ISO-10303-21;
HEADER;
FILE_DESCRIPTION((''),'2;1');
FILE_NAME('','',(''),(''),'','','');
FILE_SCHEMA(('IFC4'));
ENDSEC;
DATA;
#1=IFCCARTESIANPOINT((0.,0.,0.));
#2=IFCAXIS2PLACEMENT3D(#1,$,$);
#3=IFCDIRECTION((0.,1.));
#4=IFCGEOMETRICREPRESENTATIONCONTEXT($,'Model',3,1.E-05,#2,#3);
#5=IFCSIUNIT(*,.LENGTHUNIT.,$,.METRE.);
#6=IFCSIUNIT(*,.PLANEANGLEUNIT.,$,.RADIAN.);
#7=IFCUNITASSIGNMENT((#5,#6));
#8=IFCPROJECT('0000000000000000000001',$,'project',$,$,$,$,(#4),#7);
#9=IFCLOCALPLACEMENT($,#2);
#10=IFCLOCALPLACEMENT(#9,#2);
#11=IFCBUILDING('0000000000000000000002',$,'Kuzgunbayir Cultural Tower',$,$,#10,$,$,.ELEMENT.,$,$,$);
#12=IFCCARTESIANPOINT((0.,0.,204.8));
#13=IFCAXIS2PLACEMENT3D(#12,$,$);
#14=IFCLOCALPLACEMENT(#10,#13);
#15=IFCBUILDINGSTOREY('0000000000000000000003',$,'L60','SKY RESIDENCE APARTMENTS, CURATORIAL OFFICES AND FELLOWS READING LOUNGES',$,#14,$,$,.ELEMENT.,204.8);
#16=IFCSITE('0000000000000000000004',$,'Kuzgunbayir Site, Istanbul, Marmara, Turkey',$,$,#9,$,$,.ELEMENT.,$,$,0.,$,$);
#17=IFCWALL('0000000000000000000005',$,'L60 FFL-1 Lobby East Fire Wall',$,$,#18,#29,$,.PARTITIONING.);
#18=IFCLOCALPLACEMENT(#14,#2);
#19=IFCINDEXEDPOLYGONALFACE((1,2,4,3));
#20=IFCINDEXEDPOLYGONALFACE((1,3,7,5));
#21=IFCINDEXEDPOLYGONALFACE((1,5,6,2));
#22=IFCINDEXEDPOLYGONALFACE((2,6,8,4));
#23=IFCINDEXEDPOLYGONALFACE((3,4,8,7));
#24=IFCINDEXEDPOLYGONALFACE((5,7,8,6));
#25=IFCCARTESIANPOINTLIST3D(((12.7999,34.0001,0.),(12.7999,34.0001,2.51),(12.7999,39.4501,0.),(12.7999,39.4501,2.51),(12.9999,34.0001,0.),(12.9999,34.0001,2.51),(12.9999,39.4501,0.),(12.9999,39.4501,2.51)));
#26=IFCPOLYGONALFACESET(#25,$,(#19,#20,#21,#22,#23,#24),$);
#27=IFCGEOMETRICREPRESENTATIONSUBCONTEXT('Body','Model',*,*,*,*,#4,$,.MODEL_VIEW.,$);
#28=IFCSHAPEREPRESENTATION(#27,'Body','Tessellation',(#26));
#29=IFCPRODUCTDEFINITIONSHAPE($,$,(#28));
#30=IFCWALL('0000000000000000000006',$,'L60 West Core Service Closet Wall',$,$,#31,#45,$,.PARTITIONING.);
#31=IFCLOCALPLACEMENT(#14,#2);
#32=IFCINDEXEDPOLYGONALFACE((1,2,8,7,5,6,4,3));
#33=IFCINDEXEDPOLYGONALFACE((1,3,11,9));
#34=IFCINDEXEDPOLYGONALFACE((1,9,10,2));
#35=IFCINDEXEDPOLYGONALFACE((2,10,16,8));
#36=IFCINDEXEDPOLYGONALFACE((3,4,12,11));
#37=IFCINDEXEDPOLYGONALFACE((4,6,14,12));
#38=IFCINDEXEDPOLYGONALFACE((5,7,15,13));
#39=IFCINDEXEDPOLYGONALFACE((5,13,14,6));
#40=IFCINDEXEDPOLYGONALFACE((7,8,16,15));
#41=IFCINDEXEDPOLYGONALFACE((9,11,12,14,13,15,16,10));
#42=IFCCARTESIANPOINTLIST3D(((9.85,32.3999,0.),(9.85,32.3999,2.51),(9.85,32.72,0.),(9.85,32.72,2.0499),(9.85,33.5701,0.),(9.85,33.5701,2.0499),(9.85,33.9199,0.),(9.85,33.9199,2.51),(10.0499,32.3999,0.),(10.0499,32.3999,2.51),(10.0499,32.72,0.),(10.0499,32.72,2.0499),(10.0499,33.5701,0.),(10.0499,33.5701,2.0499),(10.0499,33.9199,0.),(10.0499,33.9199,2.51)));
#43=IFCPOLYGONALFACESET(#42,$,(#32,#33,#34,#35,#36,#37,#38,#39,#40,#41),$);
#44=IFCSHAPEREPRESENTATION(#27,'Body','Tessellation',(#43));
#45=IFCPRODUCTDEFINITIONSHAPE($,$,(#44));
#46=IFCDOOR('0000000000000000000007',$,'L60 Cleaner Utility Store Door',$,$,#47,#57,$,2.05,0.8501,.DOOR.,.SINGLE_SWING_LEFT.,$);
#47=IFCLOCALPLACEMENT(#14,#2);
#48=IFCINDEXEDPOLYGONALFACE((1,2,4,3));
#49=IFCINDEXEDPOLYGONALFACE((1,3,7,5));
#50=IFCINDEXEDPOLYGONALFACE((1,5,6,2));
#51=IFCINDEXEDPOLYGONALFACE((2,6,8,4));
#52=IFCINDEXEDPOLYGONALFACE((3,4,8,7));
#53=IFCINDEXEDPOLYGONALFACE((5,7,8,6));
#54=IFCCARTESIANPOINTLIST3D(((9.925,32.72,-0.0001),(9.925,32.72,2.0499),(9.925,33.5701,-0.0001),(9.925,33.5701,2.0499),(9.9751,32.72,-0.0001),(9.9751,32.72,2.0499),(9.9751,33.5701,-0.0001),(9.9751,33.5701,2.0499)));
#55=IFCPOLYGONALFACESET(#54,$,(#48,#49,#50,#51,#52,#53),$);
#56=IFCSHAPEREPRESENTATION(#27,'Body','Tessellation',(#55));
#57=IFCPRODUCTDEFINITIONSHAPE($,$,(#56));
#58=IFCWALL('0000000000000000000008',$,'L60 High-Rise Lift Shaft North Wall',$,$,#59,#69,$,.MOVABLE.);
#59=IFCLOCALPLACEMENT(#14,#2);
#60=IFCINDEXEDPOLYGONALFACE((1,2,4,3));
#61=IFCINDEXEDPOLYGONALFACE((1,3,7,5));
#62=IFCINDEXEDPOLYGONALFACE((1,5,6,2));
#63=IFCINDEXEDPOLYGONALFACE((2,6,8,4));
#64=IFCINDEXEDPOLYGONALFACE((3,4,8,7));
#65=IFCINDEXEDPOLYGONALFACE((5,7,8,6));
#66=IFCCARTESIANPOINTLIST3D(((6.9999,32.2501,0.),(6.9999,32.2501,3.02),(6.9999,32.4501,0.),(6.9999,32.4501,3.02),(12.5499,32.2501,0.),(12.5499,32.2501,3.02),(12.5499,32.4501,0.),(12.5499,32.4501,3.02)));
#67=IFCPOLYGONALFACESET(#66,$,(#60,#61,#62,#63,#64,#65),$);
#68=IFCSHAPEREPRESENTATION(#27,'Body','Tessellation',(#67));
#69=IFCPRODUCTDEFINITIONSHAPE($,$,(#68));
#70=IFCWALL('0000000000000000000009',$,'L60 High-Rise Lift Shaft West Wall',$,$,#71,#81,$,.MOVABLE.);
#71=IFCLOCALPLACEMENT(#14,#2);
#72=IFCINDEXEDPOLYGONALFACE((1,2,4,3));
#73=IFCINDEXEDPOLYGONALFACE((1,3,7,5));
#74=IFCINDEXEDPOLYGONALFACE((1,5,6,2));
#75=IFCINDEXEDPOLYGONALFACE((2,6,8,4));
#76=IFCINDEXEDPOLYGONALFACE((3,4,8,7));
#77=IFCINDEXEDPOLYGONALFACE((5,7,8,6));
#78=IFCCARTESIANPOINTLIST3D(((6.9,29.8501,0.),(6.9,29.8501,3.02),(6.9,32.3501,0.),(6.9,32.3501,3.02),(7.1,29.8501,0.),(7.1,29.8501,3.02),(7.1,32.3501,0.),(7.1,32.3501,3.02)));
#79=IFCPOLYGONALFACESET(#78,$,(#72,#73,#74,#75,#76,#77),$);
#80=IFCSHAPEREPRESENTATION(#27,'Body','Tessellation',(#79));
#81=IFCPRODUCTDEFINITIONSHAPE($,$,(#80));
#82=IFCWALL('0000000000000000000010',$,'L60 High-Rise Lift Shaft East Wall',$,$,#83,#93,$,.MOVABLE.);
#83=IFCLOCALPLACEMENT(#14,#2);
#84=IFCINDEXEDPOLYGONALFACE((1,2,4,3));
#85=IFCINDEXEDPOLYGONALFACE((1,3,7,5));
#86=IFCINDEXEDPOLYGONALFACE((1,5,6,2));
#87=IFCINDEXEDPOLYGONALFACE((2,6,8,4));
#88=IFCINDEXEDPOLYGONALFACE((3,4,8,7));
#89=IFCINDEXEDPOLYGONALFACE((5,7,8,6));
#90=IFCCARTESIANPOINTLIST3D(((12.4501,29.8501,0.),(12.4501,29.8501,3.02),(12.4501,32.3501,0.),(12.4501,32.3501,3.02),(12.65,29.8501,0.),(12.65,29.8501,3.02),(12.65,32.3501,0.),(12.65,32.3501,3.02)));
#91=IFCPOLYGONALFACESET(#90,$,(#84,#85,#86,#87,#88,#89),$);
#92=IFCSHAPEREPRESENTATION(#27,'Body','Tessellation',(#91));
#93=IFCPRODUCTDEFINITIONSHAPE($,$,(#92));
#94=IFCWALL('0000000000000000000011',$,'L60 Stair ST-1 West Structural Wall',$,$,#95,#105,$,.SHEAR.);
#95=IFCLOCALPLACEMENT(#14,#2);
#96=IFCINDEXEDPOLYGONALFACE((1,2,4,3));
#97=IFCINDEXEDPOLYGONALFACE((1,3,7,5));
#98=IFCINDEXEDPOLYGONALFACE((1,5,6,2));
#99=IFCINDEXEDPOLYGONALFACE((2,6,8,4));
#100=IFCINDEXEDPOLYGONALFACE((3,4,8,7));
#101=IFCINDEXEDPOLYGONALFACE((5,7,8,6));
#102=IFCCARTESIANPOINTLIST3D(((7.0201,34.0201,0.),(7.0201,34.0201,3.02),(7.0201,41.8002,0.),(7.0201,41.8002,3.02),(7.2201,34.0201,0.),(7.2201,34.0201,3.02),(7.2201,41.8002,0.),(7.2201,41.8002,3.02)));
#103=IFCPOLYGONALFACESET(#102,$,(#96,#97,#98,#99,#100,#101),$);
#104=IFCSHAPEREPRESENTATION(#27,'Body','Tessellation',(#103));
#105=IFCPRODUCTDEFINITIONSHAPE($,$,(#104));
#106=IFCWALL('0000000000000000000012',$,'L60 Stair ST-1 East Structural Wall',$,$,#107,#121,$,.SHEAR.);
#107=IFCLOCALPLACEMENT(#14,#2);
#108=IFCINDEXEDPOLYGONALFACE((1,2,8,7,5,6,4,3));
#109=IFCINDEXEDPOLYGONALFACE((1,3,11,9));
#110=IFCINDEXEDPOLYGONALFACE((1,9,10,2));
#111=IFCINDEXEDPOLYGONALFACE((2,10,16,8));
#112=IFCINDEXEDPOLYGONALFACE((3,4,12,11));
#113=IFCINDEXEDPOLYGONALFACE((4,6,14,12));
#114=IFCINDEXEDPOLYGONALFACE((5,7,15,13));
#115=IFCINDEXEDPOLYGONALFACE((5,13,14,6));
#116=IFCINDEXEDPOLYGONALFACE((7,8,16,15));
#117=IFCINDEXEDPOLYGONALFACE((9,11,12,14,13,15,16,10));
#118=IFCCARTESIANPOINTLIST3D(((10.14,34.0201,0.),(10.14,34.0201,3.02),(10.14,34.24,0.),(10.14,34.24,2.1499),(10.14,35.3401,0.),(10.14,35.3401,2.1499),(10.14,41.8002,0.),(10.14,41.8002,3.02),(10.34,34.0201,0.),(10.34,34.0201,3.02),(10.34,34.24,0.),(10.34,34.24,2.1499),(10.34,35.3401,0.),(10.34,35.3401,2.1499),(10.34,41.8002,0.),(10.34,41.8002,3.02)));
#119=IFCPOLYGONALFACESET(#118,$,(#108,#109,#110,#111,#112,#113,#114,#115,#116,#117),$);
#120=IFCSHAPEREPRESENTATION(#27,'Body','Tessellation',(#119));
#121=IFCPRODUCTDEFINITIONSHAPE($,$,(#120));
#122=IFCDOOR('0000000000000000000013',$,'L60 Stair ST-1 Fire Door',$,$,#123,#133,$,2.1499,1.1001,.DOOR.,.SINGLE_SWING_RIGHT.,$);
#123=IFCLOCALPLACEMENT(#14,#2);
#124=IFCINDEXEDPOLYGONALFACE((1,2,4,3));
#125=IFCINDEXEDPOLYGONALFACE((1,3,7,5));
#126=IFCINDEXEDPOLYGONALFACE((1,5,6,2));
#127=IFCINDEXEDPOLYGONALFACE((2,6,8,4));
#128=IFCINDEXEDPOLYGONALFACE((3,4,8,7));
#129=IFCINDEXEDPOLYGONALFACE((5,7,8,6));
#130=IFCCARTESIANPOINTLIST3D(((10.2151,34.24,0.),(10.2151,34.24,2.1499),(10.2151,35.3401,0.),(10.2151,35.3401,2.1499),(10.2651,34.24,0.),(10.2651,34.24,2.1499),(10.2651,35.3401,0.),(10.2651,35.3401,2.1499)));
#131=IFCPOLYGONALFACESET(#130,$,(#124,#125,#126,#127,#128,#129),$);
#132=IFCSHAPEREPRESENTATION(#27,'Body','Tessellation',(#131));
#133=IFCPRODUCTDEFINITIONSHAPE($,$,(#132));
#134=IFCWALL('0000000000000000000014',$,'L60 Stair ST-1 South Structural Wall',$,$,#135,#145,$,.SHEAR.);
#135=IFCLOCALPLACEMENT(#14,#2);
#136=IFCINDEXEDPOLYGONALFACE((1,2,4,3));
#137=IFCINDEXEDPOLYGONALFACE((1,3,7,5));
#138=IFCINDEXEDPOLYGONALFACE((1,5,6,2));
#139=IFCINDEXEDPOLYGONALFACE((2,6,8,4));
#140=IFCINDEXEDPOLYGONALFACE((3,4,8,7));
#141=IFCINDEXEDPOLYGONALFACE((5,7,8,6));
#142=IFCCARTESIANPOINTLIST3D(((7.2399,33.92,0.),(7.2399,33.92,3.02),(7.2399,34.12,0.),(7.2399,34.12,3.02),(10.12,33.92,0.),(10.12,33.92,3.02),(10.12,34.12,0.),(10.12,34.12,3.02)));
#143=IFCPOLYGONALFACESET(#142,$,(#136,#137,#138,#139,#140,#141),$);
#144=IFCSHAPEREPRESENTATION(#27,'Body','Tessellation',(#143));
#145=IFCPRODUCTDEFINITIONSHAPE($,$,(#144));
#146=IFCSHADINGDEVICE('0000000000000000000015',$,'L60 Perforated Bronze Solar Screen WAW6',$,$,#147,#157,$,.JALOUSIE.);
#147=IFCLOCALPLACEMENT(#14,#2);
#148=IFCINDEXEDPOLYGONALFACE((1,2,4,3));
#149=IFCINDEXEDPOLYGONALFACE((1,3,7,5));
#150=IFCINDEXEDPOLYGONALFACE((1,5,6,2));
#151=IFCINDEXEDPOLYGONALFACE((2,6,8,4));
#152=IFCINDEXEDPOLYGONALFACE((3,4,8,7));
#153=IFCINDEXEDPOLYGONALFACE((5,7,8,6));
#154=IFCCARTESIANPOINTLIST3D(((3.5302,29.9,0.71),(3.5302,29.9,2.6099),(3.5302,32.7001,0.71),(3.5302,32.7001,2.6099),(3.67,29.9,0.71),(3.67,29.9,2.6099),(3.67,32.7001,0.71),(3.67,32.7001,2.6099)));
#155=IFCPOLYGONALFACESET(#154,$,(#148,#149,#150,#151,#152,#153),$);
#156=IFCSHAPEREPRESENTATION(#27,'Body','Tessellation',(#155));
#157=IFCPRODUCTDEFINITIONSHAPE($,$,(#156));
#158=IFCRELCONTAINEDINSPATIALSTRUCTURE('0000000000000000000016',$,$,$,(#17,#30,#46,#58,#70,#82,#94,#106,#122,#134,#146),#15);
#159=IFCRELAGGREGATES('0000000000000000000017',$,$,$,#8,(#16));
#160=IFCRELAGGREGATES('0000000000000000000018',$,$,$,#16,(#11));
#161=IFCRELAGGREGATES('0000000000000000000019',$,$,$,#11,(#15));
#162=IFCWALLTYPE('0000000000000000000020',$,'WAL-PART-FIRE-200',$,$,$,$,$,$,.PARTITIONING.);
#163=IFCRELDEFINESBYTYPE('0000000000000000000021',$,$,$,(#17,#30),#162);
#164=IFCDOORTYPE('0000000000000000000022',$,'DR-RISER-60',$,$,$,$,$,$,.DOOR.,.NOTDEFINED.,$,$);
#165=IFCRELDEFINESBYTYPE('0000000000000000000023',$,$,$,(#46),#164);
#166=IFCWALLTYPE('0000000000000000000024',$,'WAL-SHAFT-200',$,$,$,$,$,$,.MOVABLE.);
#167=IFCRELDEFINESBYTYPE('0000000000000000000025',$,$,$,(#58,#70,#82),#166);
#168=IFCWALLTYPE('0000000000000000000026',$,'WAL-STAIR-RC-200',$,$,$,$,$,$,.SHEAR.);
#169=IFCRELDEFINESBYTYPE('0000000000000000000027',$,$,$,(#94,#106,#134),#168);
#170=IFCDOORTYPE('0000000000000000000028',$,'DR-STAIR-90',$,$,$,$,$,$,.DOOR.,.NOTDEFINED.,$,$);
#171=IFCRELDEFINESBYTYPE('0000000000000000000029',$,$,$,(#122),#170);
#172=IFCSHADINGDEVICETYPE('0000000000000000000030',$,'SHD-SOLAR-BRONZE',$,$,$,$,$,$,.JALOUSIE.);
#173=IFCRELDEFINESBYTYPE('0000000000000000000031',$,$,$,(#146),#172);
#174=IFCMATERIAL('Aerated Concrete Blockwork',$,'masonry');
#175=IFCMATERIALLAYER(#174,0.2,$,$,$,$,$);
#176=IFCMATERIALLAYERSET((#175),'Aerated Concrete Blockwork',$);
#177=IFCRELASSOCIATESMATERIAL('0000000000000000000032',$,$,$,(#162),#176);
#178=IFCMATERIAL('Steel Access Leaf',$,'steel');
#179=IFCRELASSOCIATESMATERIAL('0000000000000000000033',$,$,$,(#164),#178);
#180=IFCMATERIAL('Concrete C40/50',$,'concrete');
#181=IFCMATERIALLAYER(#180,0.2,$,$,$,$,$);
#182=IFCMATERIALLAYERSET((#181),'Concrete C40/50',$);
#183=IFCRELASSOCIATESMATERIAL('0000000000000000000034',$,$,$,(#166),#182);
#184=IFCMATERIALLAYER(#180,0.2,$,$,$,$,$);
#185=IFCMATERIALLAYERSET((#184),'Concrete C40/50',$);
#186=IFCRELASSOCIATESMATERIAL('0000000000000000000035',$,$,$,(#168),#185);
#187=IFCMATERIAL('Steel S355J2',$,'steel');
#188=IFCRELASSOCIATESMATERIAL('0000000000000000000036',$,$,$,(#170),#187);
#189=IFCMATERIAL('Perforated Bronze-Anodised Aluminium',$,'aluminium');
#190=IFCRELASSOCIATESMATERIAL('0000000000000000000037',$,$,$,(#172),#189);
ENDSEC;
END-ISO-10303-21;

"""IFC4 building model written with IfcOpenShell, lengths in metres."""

from ifc_helpers import new_model, si_unit, direction, frame, frame_2d, origin, origin_2d, place, context, subcontext, project, spatial, rectangle, extrude, material, layer, layer_set, type_object, element, fill, save


model = new_model("IFC4")

# Units and contexts
model_context = context("Model", 3, precision=1e-05, world=origin(), true_north=direction((0.0, 1.0)))
body_context = subcontext(model_context, "Body", "Model", "MODEL_VIEW")
ifc_project = project(units=[si_unit("LENGTHUNIT", "METRE"), si_unit("PLANEANGLEUNIT", "RADIAN")], contexts=[model_context])

# Site, building, storey
site_placement = place(None, origin())
site = spatial("IfcSite", under=ifc_project, at=site_placement, Name="Kuzgunbayir Site, Istanbul, Marmara, Turkey", CompositionType="ELEMENT", RefElevation=0.0)
building_placement = place(site_placement, origin())
building = spatial("IfcBuilding", under=site, at=building_placement, Name="Kuzgunbayir Cultural Tower", CompositionType="ELEMENT")
storey_placement = place(building_placement, frame((0.0, 0.0, 204.8)))
storey = spatial("IfcBuildingStorey", under=building, at=storey_placement, Name="L60", Description="SKY RESIDENCE APARTMENTS, CURATORIAL OFFICES AND FELLOWS READING LOUNGES", CompositionType="ELEMENT", Elevation=204.8)

# Shared definitions
ifc_material_1 = material(Name="Steel S355J2", Category="steel")

# Shared definitions
ifc_material_2 = material(Name="Perforated Bronze-Anodised Aluminium", Category="aluminium")

# Wall
ifc_material_3 = material(Name="Aerated Concrete Blockwork", Category="masonry")
ifc_layer_1 = layer(ifc_material_3, 0.2)
ifc_layer_set_1 = layer_set([ifc_layer_1], Name="Aerated Concrete Blockwork")
wall_type_1 = type_object("IfcWallType", Name="WAL-PART-FIRE-200", PredefinedType="PARTITIONING", material=ifc_layer_set_1)
wall_1_placement = place(storey_placement, frame((12.8999, 34.0, 0.0), z_axis=(0.0, 0.0, 1.0), x_axis=(0.0, 1.0, 0.0)))
element("IfcWall", 1, at=wall_1_placement, inside=storey, type_object=wall_type_1, Name="L60 FFL-1 Lobby East Fire Wall", PredefinedType="PARTITIONING", context=body_context, shape_type="SweptSolid", body=[
    extrude(rectangle(XDim=5.45, YDim=0.2, at=frame_2d((2.7251, 0.0))), origin(), (0.0, 0.0, 1.0), 2.51),
])

# Wall, opening, door
wall_2_placement = place(storey_placement, frame((9.95, 32.3999, 0.0), z_axis=(0.0, 0.0, 1.0), x_axis=(0.0, 1.0, 0.0)))
wall_2 = element("IfcWall", 2, at=wall_2_placement, inside=storey, type_object=wall_type_1, Name="L60 West Core Service Closet Wall", PredefinedType="PARTITIONING", context=body_context, shape_type="SweptSolid", body=[
    extrude(rectangle(XDim=1.52, YDim=0.2, at=frame_2d((0.76, 0.0))), origin(), (0.0, 0.0, 1.0), 2.51),
])
opening_1_placement = place(wall_2_placement, frame((0.3201, 0.0, 0.0)))
opening_1 = element("IfcOpeningElement", 3, at=opening_1_placement, cuts=wall_2, PredefinedType="OPENING", context=body_context, shape_type="SweptSolid", body=[
    extrude(rectangle(XDim=0.8501, YDim=2.05, at=frame_2d((0.425, 1.0249))), frame((0.0, 0.1099, 0.0), z_axis=(0.0, -1.0, 0.0), x_axis=(1.0, 0.0, 0.0)), (0.0, 0.0, 1.0), 0.22),
])
ifc_material_4 = material(Name="Steel Access Leaf", Category="steel")
door_type_1 = type_object("IfcDoorType", Name="DR-RISER-60", OperationType="NOTDEFINED", PredefinedType="DOOR", material=ifc_material_4)
door_1_placement = place(opening_1_placement, origin())
door_1 = element("IfcDoor", 4, at=door_1_placement, inside=storey, type_object=door_type_1, Name="L60 Cleaner Utility Store Door", OperationType="SINGLE_SWING_LEFT", OverallHeight=2.05, OverallWidth=0.8501, PredefinedType="DOOR", context=body_context, shape_type="SweptSolid", body=[
    extrude(rectangle(XDim=0.8501, YDim=2.05, at=frame_2d((0.425, 1.0249))), frame((0.0, 0.0249, 0.0), z_axis=(0.0, -1.0, 0.0), x_axis=(1.0, 0.0, 0.0)), (0.0, 0.0, 1.0), 0.05),
])
fill(opening_1, door_1)

# Walls
ifc_material_5 = material(Name="Concrete C40/50", Category="concrete")
ifc_layer_2 = layer(ifc_material_5, 0.2)
ifc_layer_set_2 = layer_set([ifc_layer_2], Name="Concrete C40/50")
wall_type_2 = type_object("IfcWallType", Name="WAL-SHAFT-200", PredefinedType="MOVABLE", material=ifc_layer_set_2)
wall_3_placement = place(storey_placement, frame((7.0, 32.3501, 0.0), z_axis=(0.0, 0.0, 1.0), x_axis=(1.0, 0.0, 0.0)))
element("IfcWall", 5, at=wall_3_placement, inside=storey, type_object=wall_type_2, Name="L60 High-Rise Lift Shaft North Wall", PredefinedType="MOVABLE", context=body_context, shape_type="SweptSolid", body=[
    extrude(rectangle(XDim=5.55, YDim=0.2, at=frame_2d((2.7749, 0.0))), origin(), (0.0, 0.0, 1.0), 3.02),
])
for number, where, z_axis, x_axis, name in (
    (6, (7.0, 29.8501, 0.0), (0.0, 0.0, 1.0), (0.0, 1.0, 0.0), "L60 High-Rise Lift Shaft West Wall"),
    (7, (12.55, 29.8501, 0.0), (0.0, 0.0, 1.0), (0.0, 1.0, 0.0), "L60 High-Rise Lift Shaft East Wall"),
):
    element("IfcWall", number, at=place(storey_placement, frame(where, z_axis=z_axis, x_axis=x_axis)), inside=storey, type_object=wall_type_2, Name=name, PredefinedType="MOVABLE", context=body_context, shape_type="SweptSolid", body=[
        extrude(rectangle(XDim=2.5, YDim=0.2, at=frame_2d((1.25, 0.0))), origin(), (0.0, 0.0, 1.0), 3.02),
    ])
ifc_layer_3 = layer(ifc_material_5, 0.2)
ifc_layer_set_3 = layer_set([ifc_layer_3], Name="Concrete C40/50")
wall_type_3 = type_object("IfcWallType", Name="WAL-STAIR-RC-200", PredefinedType="SHEAR", material=ifc_layer_set_3)
wall_4_placement = place(storey_placement, frame((7.1201, 34.02, 0.0), z_axis=(0.0, 0.0, 1.0), x_axis=(0.0, 1.0, 0.0)))
element("IfcWall", 8, at=wall_4_placement, inside=storey, type_object=wall_type_3, Name="L60 Stair ST-1 West Structural Wall", PredefinedType="SHEAR", context=body_context, shape_type="SweptSolid", body=[
    extrude(rectangle(XDim=7.78, YDim=0.2, at=frame_2d((3.8901, 0.0))), origin(), (0.0, 0.0, 1.0), 3.02),
])

# Wall, opening, door
wall_5_placement = place(storey_placement, frame((10.24, 34.02, 0.0), z_axis=(0.0, 0.0, 1.0), x_axis=(0.0, 1.0, 0.0)))
wall_5 = element("IfcWall", 9, at=wall_5_placement, inside=storey, type_object=wall_type_3, Name="L60 Stair ST-1 East Structural Wall", PredefinedType="SHEAR", context=body_context, shape_type="SweptSolid", body=[
    extrude(rectangle(XDim=7.78, YDim=0.2, at=frame_2d((3.8901, 0.0))), origin(), (0.0, 0.0, 1.0), 3.02),
])
opening_2_placement = place(wall_5_placement, frame((0.22, 0.0, 0.0)))
opening_2 = element("IfcOpeningElement", 10, at=opening_2_placement, cuts=wall_5, PredefinedType="OPENING", context=body_context, shape_type="SweptSolid", body=[
    extrude(rectangle(XDim=1.1001, YDim=2.1499, at=frame_2d((0.55, 1.075))), frame((0.0, 0.1099, 0.0), z_axis=(0.0, -1.0, 0.0), x_axis=(1.0, 0.0, 0.0)), (0.0, 0.0, 1.0), 0.22),
])
door_type_2 = type_object("IfcDoorType", Name="DR-STAIR-90", OperationType="NOTDEFINED", PredefinedType="DOOR", material=ifc_material_1)
door_2_placement = place(opening_2_placement, origin())
door_2 = element("IfcDoor", 11, at=door_2_placement, inside=storey, type_object=door_type_2, Name="L60 Stair ST-1 Fire Door", OperationType="SINGLE_SWING_RIGHT", OverallHeight=2.1499, OverallWidth=1.1001, PredefinedType="DOOR", context=body_context, shape_type="SweptSolid", body=[
    extrude(rectangle(XDim=1.1001, YDim=2.1499, at=frame_2d((0.55, 1.075))), frame((0.0, 0.0249, 0.0), z_axis=(0.0, -1.0, 0.0), x_axis=(1.0, 0.0, 0.0)), (0.0, 0.0, 1.0), 0.05),
])
fill(opening_2, door_2)

# Wall
wall_6_placement = place(storey_placement, frame((7.24, 34.02, 0.0), z_axis=(0.0, 0.0, 1.0), x_axis=(1.0, 0.0, 0.0)))
element("IfcWall", 12, at=wall_6_placement, inside=storey, type_object=wall_type_3, Name="L60 Stair ST-1 South Structural Wall", PredefinedType="SHEAR", context=body_context, shape_type="SweptSolid", body=[
    extrude(rectangle(XDim=2.8801, YDim=0.2, at=frame_2d((1.4399, 0.0))), origin(), (0.0, 0.0, 1.0), 3.02),
])

# Shading device
shading_device_type = type_object("IfcShadingDeviceType", Name="SHD-SOLAR-BRONZE", PredefinedType="JALOUSIE", material=ifc_material_2)
shading_device_placement = place(storey_placement, frame((3.6001, 31.3, 0.71), z_axis=(0.0, 0.0, 1.0), x_axis=(1.0, 0.0, 0.0)))
element("IfcShadingDevice", 13, at=shading_device_placement, inside=storey, type_object=shading_device_type, Name="L60 Perforated Bronze Solar Screen WAW6", PredefinedType="JALOUSIE", context=body_context, shape_type="SweptSolid", body=[
    extrude(rectangle(XDim=0.1399, YDim=2.8, at=origin_2d()), origin(), (0.0, 0.0, 1.0), 1.8999),
])

save(model, "model.ifc")
